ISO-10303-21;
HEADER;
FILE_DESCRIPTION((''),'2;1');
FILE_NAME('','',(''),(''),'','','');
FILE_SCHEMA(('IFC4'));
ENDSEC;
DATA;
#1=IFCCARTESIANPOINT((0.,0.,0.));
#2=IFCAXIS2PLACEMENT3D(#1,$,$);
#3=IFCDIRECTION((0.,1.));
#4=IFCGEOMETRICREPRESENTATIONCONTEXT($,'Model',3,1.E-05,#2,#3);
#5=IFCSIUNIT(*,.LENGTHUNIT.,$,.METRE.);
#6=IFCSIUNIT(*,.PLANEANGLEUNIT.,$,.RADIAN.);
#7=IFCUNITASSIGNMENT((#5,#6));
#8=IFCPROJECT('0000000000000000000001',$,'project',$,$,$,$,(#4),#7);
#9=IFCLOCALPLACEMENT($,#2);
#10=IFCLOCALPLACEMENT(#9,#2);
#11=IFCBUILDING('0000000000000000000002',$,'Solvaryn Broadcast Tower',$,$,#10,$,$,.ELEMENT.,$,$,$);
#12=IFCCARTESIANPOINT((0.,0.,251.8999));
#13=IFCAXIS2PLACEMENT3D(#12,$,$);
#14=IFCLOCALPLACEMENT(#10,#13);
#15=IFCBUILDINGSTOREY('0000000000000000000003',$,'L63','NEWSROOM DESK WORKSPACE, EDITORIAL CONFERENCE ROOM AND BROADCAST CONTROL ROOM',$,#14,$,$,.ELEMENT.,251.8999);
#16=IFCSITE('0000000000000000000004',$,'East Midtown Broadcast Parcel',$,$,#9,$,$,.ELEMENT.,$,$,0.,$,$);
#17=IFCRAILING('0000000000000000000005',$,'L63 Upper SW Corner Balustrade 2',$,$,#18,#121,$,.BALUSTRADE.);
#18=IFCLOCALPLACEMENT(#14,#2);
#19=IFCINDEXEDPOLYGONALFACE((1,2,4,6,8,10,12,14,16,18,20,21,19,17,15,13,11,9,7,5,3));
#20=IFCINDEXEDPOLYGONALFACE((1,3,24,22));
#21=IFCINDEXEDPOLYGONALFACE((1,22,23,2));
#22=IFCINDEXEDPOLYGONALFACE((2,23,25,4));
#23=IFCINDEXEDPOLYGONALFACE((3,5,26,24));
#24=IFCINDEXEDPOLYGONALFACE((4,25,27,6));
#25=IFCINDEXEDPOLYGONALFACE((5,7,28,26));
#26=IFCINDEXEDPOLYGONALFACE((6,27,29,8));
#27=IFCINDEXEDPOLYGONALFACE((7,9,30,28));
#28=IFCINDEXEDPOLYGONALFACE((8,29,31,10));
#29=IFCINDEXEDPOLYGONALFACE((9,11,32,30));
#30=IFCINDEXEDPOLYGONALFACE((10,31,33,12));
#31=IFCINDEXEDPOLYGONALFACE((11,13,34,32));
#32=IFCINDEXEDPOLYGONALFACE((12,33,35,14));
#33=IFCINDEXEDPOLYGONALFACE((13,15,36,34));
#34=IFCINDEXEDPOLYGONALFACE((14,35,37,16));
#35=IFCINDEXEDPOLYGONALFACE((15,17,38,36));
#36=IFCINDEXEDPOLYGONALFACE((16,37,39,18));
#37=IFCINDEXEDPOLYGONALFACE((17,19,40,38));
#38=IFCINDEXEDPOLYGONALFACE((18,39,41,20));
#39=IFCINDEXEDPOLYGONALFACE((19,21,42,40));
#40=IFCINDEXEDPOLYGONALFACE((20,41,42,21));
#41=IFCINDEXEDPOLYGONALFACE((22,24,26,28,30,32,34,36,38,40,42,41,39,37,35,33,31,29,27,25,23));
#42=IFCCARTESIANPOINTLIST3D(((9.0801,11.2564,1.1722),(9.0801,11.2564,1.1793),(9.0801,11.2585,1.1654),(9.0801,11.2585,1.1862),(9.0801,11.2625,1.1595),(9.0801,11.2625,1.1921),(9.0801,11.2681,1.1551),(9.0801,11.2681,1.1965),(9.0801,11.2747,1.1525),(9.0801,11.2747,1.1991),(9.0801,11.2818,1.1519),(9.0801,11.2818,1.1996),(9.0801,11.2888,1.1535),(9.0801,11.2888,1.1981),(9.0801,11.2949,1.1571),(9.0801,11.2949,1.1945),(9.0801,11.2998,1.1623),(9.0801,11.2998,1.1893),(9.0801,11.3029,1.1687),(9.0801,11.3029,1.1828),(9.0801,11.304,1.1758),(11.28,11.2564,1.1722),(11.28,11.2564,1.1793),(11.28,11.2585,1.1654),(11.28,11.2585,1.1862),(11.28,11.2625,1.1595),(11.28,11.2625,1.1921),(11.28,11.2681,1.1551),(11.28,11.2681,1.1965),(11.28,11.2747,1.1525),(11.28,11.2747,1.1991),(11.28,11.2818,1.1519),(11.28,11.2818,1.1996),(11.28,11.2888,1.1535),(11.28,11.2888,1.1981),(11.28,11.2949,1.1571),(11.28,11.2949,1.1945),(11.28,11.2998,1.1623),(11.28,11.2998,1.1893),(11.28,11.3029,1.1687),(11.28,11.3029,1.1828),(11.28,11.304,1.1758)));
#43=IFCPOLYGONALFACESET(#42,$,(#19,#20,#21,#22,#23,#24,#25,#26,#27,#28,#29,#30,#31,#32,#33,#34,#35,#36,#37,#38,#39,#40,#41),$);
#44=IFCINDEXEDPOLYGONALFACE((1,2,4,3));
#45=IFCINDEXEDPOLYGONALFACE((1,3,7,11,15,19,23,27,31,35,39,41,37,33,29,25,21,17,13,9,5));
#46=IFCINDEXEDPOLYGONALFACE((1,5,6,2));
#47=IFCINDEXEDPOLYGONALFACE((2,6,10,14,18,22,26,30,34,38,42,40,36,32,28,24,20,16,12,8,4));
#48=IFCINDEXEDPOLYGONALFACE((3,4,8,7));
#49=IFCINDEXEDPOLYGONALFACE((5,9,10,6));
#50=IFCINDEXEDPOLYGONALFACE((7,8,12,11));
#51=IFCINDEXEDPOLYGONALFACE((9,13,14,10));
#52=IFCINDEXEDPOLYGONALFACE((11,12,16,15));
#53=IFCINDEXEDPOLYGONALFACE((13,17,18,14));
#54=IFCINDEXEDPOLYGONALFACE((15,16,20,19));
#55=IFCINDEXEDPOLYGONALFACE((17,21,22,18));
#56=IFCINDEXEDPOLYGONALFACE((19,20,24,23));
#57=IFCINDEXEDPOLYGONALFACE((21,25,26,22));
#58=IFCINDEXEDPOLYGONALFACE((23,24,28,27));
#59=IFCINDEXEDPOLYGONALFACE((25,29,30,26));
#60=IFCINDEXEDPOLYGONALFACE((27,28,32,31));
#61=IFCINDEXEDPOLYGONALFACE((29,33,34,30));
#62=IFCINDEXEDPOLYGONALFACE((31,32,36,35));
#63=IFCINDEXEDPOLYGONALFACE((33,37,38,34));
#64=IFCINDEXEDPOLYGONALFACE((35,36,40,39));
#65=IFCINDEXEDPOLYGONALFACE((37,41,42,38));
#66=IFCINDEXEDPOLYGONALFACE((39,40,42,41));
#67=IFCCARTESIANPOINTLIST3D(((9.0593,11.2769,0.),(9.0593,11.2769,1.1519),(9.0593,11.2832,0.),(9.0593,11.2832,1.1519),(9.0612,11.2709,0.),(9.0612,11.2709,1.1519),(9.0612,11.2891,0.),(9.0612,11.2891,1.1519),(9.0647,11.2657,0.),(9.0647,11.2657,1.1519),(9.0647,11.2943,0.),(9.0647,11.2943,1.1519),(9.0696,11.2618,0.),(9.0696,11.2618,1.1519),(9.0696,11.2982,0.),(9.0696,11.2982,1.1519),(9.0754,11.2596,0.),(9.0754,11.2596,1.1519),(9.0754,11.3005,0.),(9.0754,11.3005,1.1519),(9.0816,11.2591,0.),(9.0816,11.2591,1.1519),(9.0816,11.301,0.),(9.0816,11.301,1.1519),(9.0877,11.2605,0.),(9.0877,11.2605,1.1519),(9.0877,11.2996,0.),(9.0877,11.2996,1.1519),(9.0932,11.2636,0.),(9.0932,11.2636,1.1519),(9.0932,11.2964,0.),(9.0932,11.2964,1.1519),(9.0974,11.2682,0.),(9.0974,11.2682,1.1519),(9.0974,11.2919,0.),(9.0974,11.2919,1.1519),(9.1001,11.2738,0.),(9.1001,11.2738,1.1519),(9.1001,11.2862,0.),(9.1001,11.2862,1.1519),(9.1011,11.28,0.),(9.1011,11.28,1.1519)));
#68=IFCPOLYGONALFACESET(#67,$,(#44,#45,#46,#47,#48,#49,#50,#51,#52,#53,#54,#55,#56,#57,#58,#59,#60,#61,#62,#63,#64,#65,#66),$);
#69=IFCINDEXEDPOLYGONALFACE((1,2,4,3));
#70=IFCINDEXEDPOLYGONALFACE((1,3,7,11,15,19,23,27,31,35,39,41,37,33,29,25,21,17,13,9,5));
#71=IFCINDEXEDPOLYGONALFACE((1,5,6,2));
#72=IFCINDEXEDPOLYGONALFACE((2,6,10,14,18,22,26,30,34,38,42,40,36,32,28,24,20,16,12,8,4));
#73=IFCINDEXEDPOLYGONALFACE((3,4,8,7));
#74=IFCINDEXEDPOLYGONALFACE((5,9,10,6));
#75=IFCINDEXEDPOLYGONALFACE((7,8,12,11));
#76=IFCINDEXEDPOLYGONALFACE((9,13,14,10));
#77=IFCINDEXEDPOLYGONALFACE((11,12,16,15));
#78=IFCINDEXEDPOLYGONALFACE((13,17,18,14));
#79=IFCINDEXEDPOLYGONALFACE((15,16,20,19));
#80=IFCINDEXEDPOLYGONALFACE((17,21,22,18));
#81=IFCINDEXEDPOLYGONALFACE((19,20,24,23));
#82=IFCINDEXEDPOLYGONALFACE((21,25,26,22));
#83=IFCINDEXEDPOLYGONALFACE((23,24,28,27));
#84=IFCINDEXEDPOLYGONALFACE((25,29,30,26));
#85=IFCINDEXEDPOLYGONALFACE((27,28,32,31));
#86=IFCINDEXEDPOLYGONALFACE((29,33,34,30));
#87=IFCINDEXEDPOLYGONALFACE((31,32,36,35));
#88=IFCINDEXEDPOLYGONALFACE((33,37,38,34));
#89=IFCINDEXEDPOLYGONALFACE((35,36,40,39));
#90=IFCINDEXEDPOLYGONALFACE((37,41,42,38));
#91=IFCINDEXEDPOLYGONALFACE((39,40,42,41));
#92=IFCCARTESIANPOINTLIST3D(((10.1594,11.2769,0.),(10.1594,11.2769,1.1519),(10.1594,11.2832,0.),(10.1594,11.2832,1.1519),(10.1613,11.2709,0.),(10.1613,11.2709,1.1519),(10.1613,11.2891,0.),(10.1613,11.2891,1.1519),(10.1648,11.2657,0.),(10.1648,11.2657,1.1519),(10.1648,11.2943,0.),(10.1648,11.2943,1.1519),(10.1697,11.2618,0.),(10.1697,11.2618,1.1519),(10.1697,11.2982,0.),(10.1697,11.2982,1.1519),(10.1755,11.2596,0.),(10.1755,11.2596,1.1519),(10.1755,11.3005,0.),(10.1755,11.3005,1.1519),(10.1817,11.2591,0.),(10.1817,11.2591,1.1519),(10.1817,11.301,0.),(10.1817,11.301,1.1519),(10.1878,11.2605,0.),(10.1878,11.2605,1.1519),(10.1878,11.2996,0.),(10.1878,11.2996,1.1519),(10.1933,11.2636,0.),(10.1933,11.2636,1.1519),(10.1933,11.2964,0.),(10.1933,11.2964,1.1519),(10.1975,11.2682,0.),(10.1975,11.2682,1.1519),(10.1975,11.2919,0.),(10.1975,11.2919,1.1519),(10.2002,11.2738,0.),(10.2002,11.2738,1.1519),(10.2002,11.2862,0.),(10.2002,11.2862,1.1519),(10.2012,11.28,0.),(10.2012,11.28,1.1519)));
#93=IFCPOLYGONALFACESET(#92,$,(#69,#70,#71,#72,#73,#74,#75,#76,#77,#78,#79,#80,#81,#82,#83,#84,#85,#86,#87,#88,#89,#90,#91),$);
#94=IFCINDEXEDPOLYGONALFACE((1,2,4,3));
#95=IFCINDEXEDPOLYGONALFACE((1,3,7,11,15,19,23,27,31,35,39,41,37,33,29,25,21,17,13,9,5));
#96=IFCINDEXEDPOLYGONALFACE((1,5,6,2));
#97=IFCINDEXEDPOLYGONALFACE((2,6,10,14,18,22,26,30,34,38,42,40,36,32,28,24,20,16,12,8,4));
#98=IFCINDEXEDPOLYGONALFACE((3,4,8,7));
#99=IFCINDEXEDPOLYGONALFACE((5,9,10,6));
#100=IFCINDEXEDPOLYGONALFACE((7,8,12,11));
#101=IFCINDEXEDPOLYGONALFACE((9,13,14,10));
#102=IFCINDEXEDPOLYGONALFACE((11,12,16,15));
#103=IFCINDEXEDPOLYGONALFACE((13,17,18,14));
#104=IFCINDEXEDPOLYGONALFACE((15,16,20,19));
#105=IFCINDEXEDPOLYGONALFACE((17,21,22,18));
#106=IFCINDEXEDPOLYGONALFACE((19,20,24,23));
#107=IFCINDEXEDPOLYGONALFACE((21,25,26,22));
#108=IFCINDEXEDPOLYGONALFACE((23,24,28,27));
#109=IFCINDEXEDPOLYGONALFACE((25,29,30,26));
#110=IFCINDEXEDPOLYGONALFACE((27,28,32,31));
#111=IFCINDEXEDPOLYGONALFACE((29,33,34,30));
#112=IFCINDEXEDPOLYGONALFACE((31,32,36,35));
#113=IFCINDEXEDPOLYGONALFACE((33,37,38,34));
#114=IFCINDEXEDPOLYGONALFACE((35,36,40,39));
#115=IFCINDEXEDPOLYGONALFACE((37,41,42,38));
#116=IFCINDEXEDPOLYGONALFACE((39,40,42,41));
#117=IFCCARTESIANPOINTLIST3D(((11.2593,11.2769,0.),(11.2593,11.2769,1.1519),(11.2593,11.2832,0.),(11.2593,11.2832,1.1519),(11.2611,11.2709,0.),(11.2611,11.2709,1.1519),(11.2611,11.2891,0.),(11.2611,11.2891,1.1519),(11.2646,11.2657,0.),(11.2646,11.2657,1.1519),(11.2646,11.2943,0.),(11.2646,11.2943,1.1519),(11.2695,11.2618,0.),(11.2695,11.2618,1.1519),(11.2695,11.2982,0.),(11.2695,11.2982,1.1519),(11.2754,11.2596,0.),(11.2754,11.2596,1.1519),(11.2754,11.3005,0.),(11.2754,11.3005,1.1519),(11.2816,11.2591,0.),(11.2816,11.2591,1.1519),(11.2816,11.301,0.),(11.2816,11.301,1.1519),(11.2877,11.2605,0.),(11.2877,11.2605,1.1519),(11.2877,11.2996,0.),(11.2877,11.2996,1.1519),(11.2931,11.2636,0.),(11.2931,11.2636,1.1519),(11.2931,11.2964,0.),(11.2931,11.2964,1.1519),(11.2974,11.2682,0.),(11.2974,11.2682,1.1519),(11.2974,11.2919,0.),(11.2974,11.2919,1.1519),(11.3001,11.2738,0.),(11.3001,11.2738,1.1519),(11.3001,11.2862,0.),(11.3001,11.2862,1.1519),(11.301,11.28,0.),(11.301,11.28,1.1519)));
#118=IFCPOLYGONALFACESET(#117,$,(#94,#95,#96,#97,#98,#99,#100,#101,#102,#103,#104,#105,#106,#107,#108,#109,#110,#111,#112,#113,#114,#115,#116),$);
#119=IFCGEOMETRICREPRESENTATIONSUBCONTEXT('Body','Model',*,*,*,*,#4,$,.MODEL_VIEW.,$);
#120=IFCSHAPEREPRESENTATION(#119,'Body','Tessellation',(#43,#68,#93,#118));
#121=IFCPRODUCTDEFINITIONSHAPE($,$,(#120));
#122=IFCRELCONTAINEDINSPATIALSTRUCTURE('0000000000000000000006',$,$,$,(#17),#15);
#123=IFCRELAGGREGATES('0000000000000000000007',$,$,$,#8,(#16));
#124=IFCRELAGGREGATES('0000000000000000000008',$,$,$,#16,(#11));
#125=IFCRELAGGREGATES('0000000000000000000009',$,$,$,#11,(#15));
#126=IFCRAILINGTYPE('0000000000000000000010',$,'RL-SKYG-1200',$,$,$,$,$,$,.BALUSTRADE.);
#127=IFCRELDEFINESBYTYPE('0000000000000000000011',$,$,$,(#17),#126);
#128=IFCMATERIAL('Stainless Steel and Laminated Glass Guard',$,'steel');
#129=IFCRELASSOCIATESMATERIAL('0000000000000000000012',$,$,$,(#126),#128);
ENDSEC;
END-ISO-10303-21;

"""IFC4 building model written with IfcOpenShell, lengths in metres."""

from ifc_helpers import new_model, si_unit, direction, frame, origin, origin_2d, place, context, subcontext, project, spatial, circle, extrude, material, type_object, element, save


model = new_model("IFC4")

# Units and contexts
model_context = context("Model", 3, precision=1e-05, world=origin(), true_north=direction((0.0, 1.0)))
body_context = subcontext(model_context, "Body", "Model", "MODEL_VIEW")
ifc_project = project(units=[si_unit("LENGTHUNIT", "METRE"), si_unit("PLANEANGLEUNIT", "RADIAN")], contexts=[model_context])

# Site, building, storey
site_placement = place(None, origin())
site = spatial("IfcSite", under=ifc_project, at=site_placement, Name="East Midtown Broadcast Parcel", CompositionType="ELEMENT", RefElevation=0.0)
building_placement = place(site_placement, origin())
building = spatial("IfcBuilding", under=site, at=building_placement, Name="Solvaryn Broadcast Tower", CompositionType="ELEMENT")
storey_placement = place(building_placement, frame((0.0, 0.0, 251.8999)))
storey = spatial("IfcBuildingStorey", under=building, at=storey_placement, Name="L63", Description="NEWSROOM DESK WORKSPACE, EDITORIAL CONFERENCE ROOM AND BROADCAST CONTROL ROOM", CompositionType="ELEMENT", Elevation=251.8999)

# Railing
ifc_material_1 = material(Name="Stainless Steel and Laminated Glass Guard", Category="steel")
railing_type = type_object("IfcRailingType", Name="RL-SKYG-1200", PredefinedType="BALUSTRADE", material=ifc_material_1)
railing_1_placement = place(storey_placement, frame((9.0801, 11.28, 0.0)))
element("IfcRailing", 1, at=railing_1_placement, inside=storey, type_object=railing_type, Name="L63 Upper SW Corner Balustrade 2", PredefinedType="BALUSTRADE", context=body_context, shape_type="SweptSolid", body=[
    extrude(circle(Radius=0.0239, at=origin_2d()), frame((0.0, 0.0, 1.1758), z_axis=(1.0, 0.0, 0.0), x_axis=(0.0, 1.0, 0.0)), (0.0, 0.0, 1.0), 2.2),
    extrude(circle(Radius=0.021, at=origin_2d()), origin(), (0.0, 0.0, 1.0), 1.1519),
    extrude(circle(Radius=0.021, at=origin_2d()), frame((1.1001, 0.0, 0.0)), (0.0, 0.0, 1.0), 1.1519),
    extrude(circle(Radius=0.021, at=origin_2d()), frame((2.2, 0.0, 0.0)), (0.0, 0.0, 1.0), 1.1519),
])

save(model, "model.ifc")
